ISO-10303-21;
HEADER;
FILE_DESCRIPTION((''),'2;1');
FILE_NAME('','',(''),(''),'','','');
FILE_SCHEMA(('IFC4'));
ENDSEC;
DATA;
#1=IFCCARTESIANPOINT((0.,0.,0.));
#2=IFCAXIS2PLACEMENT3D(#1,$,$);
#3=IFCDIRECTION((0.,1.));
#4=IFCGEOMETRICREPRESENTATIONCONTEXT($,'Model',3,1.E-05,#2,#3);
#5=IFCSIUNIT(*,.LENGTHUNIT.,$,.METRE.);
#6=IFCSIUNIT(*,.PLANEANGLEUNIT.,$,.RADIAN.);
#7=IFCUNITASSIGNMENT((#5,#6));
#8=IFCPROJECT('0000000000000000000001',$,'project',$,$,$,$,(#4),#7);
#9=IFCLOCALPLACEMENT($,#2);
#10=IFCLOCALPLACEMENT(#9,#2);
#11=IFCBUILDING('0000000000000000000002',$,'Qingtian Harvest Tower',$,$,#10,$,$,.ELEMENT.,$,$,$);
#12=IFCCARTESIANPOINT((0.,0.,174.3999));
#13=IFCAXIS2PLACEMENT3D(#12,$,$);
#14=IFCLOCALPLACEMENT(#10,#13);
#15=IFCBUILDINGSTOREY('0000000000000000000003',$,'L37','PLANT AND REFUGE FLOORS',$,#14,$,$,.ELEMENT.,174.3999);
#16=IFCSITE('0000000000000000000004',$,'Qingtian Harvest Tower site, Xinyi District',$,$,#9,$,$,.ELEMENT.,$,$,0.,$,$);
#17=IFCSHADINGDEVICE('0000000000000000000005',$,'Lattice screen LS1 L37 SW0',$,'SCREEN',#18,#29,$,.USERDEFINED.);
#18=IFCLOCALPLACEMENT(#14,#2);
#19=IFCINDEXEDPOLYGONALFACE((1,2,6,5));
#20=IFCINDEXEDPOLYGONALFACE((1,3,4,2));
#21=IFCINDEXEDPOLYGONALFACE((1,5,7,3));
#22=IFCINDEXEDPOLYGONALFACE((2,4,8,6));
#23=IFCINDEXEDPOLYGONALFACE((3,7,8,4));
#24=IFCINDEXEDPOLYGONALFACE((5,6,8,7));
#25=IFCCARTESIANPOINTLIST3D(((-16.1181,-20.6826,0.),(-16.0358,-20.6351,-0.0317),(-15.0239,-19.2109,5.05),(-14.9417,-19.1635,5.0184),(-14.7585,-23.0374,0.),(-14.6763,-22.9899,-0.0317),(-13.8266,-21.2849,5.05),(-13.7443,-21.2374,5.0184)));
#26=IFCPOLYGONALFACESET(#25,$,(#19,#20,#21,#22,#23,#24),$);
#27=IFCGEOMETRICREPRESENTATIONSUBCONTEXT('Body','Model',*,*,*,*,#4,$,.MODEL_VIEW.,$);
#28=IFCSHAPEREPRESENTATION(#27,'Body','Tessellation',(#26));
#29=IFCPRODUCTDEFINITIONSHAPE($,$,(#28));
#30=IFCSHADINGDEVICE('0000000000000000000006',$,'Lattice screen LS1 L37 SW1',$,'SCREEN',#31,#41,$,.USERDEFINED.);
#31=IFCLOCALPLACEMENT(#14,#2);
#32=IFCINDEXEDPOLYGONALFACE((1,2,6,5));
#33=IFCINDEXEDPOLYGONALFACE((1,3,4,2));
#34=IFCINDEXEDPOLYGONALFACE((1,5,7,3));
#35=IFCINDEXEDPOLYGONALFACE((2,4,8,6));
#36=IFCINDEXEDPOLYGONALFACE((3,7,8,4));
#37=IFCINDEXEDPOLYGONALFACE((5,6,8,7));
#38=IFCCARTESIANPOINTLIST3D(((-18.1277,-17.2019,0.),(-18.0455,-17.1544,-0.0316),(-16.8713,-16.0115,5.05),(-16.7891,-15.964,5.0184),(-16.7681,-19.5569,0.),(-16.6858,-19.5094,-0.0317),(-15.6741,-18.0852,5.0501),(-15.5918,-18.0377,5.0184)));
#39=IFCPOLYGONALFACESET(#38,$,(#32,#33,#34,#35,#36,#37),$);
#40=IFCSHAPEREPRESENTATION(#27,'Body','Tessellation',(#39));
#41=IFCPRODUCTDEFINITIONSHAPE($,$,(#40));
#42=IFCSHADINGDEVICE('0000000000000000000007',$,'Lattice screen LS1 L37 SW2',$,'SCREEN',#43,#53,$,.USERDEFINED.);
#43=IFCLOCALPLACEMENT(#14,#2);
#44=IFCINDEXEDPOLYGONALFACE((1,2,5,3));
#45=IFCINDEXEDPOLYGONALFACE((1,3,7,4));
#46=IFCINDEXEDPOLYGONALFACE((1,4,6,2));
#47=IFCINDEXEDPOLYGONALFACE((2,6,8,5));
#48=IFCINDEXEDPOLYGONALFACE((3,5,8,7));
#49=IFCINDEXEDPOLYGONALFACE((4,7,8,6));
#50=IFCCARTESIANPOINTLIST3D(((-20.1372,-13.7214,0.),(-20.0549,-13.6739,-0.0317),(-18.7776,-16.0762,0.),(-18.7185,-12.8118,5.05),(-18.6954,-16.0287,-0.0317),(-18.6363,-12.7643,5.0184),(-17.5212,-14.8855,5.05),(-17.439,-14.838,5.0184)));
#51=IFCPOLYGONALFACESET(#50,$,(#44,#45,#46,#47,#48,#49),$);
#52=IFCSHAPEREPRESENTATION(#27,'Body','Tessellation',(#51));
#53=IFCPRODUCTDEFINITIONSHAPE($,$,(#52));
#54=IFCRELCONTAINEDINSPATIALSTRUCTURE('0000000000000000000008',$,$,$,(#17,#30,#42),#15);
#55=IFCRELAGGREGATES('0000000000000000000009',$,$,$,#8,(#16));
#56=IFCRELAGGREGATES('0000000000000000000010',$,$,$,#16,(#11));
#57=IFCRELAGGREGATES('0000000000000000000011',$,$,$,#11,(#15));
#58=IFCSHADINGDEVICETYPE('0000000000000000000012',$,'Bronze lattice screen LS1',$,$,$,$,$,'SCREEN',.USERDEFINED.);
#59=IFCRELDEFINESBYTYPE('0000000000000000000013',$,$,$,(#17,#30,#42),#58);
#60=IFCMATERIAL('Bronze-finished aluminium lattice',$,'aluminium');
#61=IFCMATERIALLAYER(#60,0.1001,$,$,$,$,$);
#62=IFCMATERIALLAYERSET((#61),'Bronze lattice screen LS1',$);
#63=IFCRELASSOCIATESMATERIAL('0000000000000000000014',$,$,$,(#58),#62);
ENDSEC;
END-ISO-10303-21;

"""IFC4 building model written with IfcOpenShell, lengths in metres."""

from ifc_helpers import new_model, si_unit, direction, frame, origin, place, context, subcontext, project, spatial, polyline, outline, extrude, material, layer, layer_set, type_object, element, save


model = new_model("IFC4")

# Units and contexts
model_context = context("Model", 3, precision=1e-05, world=origin(), true_north=direction((0.0, 1.0)))
body_context = subcontext(model_context, "Body", "Model", "MODEL_VIEW")
ifc_project = project(units=[si_unit("LENGTHUNIT", "METRE"), si_unit("PLANEANGLEUNIT", "RADIAN")], contexts=[model_context])

# Site, building, storey
site_placement = place(None, origin())
site = spatial("IfcSite", under=ifc_project, at=site_placement, Name="Qingtian Harvest Tower site, Xinyi District", CompositionType="ELEMENT", RefElevation=0.0)
building_placement = place(site_placement, origin())
building = spatial("IfcBuilding", under=site, at=building_placement, Name="Qingtian Harvest Tower", CompositionType="ELEMENT")
storey_placement = place(building_placement, frame((0.0, 0.0, 174.3999)))
storey = spatial("IfcBuildingStorey", under=building, at=storey_placement, Name="L37", Description="PLANT AND REFUGE FLOORS", CompositionType="ELEMENT", Elevation=174.3999)

# Shading devices
ifc_material_1 = material(Name="Bronze-finished aluminium lattice", Category="aluminium")
ifc_layer_1 = layer(ifc_material_1, 0.1001)
ifc_layer_set_1 = layer_set([ifc_layer_1], Name="Bronze lattice screen LS1")
shading_device_type = type_object("IfcShadingDeviceType", Name="Bronze lattice screen LS1", ElementType="SCREEN", PredefinedType="USERDEFINED", material=ifc_layer_set_1)
shading_device_1_placement = place(storey_placement, frame((-14.7585, -23.0374, 0.0), z_axis=(-0.821586, -0.474337, 0.31623), x_axis=(-0.499999, 0.866026, -0.000012)))
element("IfcShadingDevice", 1, at=shading_device_1_placement, inside=storey, type_object=shading_device_type, Name="Lattice screen LS1 L37 SW0", ObjectType="SCREEN", PredefinedType="USERDEFINED", context=body_context, shape_type="SweptSolid", body=[
    extrude(outline(polyline([(0.0, 0.0), (2.7191, 0.0), (3.4464, -5.3233), (1.0517, -5.3232), (0.0, 0.0)])), origin(), (0.0, 0.0, -1.0), 0.1001),
])
shading_device_2_placement = place(storey_placement, frame((-16.7681, -19.5569, 0.0), z_axis=(-0.821591, -0.47434, 0.316211), x_axis=(-0.499995, 0.866028, 0.000001)))
element("IfcShadingDevice", 2, at=shading_device_2_placement, inside=storey, type_object=shading_device_type, Name="Lattice screen LS1 L37 SW1", ObjectType="SCREEN", PredefinedType="USERDEFINED", context=body_context, shape_type="SweptSolid", body=[
    extrude(outline(polyline([(0.0, 0.0), (2.7193, 0.0), (3.1221, -5.3232), (0.7275, -5.3232), (0.0, 0.0)])), origin(), (0.0, 0.0, -1.0), 0.1001),
])
shading_device_3_placement = place(storey_placement, frame((-18.7776, -16.0762, 0.0), z_axis=(-0.821572, -0.474355, 0.31624), x_axis=(-0.500017, 0.866015, -0.000005)))
element("IfcShadingDevice", 3, at=shading_device_3_placement, inside=storey, type_object=shading_device_type, Name="Lattice screen LS1 L37 SW2", ObjectType="SCREEN", PredefinedType="USERDEFINED", context=body_context, shape_type="SweptSolid", body=[
    extrude(outline(polyline([(0.0, 0.0), (2.7191, 0.0), (2.7975, -5.3233), (0.4029, -5.3232), (0.0, 0.0)])), origin(), (0.0, 0.0, -1.0), 0.1001),
])

save(model, "model.ifc")
